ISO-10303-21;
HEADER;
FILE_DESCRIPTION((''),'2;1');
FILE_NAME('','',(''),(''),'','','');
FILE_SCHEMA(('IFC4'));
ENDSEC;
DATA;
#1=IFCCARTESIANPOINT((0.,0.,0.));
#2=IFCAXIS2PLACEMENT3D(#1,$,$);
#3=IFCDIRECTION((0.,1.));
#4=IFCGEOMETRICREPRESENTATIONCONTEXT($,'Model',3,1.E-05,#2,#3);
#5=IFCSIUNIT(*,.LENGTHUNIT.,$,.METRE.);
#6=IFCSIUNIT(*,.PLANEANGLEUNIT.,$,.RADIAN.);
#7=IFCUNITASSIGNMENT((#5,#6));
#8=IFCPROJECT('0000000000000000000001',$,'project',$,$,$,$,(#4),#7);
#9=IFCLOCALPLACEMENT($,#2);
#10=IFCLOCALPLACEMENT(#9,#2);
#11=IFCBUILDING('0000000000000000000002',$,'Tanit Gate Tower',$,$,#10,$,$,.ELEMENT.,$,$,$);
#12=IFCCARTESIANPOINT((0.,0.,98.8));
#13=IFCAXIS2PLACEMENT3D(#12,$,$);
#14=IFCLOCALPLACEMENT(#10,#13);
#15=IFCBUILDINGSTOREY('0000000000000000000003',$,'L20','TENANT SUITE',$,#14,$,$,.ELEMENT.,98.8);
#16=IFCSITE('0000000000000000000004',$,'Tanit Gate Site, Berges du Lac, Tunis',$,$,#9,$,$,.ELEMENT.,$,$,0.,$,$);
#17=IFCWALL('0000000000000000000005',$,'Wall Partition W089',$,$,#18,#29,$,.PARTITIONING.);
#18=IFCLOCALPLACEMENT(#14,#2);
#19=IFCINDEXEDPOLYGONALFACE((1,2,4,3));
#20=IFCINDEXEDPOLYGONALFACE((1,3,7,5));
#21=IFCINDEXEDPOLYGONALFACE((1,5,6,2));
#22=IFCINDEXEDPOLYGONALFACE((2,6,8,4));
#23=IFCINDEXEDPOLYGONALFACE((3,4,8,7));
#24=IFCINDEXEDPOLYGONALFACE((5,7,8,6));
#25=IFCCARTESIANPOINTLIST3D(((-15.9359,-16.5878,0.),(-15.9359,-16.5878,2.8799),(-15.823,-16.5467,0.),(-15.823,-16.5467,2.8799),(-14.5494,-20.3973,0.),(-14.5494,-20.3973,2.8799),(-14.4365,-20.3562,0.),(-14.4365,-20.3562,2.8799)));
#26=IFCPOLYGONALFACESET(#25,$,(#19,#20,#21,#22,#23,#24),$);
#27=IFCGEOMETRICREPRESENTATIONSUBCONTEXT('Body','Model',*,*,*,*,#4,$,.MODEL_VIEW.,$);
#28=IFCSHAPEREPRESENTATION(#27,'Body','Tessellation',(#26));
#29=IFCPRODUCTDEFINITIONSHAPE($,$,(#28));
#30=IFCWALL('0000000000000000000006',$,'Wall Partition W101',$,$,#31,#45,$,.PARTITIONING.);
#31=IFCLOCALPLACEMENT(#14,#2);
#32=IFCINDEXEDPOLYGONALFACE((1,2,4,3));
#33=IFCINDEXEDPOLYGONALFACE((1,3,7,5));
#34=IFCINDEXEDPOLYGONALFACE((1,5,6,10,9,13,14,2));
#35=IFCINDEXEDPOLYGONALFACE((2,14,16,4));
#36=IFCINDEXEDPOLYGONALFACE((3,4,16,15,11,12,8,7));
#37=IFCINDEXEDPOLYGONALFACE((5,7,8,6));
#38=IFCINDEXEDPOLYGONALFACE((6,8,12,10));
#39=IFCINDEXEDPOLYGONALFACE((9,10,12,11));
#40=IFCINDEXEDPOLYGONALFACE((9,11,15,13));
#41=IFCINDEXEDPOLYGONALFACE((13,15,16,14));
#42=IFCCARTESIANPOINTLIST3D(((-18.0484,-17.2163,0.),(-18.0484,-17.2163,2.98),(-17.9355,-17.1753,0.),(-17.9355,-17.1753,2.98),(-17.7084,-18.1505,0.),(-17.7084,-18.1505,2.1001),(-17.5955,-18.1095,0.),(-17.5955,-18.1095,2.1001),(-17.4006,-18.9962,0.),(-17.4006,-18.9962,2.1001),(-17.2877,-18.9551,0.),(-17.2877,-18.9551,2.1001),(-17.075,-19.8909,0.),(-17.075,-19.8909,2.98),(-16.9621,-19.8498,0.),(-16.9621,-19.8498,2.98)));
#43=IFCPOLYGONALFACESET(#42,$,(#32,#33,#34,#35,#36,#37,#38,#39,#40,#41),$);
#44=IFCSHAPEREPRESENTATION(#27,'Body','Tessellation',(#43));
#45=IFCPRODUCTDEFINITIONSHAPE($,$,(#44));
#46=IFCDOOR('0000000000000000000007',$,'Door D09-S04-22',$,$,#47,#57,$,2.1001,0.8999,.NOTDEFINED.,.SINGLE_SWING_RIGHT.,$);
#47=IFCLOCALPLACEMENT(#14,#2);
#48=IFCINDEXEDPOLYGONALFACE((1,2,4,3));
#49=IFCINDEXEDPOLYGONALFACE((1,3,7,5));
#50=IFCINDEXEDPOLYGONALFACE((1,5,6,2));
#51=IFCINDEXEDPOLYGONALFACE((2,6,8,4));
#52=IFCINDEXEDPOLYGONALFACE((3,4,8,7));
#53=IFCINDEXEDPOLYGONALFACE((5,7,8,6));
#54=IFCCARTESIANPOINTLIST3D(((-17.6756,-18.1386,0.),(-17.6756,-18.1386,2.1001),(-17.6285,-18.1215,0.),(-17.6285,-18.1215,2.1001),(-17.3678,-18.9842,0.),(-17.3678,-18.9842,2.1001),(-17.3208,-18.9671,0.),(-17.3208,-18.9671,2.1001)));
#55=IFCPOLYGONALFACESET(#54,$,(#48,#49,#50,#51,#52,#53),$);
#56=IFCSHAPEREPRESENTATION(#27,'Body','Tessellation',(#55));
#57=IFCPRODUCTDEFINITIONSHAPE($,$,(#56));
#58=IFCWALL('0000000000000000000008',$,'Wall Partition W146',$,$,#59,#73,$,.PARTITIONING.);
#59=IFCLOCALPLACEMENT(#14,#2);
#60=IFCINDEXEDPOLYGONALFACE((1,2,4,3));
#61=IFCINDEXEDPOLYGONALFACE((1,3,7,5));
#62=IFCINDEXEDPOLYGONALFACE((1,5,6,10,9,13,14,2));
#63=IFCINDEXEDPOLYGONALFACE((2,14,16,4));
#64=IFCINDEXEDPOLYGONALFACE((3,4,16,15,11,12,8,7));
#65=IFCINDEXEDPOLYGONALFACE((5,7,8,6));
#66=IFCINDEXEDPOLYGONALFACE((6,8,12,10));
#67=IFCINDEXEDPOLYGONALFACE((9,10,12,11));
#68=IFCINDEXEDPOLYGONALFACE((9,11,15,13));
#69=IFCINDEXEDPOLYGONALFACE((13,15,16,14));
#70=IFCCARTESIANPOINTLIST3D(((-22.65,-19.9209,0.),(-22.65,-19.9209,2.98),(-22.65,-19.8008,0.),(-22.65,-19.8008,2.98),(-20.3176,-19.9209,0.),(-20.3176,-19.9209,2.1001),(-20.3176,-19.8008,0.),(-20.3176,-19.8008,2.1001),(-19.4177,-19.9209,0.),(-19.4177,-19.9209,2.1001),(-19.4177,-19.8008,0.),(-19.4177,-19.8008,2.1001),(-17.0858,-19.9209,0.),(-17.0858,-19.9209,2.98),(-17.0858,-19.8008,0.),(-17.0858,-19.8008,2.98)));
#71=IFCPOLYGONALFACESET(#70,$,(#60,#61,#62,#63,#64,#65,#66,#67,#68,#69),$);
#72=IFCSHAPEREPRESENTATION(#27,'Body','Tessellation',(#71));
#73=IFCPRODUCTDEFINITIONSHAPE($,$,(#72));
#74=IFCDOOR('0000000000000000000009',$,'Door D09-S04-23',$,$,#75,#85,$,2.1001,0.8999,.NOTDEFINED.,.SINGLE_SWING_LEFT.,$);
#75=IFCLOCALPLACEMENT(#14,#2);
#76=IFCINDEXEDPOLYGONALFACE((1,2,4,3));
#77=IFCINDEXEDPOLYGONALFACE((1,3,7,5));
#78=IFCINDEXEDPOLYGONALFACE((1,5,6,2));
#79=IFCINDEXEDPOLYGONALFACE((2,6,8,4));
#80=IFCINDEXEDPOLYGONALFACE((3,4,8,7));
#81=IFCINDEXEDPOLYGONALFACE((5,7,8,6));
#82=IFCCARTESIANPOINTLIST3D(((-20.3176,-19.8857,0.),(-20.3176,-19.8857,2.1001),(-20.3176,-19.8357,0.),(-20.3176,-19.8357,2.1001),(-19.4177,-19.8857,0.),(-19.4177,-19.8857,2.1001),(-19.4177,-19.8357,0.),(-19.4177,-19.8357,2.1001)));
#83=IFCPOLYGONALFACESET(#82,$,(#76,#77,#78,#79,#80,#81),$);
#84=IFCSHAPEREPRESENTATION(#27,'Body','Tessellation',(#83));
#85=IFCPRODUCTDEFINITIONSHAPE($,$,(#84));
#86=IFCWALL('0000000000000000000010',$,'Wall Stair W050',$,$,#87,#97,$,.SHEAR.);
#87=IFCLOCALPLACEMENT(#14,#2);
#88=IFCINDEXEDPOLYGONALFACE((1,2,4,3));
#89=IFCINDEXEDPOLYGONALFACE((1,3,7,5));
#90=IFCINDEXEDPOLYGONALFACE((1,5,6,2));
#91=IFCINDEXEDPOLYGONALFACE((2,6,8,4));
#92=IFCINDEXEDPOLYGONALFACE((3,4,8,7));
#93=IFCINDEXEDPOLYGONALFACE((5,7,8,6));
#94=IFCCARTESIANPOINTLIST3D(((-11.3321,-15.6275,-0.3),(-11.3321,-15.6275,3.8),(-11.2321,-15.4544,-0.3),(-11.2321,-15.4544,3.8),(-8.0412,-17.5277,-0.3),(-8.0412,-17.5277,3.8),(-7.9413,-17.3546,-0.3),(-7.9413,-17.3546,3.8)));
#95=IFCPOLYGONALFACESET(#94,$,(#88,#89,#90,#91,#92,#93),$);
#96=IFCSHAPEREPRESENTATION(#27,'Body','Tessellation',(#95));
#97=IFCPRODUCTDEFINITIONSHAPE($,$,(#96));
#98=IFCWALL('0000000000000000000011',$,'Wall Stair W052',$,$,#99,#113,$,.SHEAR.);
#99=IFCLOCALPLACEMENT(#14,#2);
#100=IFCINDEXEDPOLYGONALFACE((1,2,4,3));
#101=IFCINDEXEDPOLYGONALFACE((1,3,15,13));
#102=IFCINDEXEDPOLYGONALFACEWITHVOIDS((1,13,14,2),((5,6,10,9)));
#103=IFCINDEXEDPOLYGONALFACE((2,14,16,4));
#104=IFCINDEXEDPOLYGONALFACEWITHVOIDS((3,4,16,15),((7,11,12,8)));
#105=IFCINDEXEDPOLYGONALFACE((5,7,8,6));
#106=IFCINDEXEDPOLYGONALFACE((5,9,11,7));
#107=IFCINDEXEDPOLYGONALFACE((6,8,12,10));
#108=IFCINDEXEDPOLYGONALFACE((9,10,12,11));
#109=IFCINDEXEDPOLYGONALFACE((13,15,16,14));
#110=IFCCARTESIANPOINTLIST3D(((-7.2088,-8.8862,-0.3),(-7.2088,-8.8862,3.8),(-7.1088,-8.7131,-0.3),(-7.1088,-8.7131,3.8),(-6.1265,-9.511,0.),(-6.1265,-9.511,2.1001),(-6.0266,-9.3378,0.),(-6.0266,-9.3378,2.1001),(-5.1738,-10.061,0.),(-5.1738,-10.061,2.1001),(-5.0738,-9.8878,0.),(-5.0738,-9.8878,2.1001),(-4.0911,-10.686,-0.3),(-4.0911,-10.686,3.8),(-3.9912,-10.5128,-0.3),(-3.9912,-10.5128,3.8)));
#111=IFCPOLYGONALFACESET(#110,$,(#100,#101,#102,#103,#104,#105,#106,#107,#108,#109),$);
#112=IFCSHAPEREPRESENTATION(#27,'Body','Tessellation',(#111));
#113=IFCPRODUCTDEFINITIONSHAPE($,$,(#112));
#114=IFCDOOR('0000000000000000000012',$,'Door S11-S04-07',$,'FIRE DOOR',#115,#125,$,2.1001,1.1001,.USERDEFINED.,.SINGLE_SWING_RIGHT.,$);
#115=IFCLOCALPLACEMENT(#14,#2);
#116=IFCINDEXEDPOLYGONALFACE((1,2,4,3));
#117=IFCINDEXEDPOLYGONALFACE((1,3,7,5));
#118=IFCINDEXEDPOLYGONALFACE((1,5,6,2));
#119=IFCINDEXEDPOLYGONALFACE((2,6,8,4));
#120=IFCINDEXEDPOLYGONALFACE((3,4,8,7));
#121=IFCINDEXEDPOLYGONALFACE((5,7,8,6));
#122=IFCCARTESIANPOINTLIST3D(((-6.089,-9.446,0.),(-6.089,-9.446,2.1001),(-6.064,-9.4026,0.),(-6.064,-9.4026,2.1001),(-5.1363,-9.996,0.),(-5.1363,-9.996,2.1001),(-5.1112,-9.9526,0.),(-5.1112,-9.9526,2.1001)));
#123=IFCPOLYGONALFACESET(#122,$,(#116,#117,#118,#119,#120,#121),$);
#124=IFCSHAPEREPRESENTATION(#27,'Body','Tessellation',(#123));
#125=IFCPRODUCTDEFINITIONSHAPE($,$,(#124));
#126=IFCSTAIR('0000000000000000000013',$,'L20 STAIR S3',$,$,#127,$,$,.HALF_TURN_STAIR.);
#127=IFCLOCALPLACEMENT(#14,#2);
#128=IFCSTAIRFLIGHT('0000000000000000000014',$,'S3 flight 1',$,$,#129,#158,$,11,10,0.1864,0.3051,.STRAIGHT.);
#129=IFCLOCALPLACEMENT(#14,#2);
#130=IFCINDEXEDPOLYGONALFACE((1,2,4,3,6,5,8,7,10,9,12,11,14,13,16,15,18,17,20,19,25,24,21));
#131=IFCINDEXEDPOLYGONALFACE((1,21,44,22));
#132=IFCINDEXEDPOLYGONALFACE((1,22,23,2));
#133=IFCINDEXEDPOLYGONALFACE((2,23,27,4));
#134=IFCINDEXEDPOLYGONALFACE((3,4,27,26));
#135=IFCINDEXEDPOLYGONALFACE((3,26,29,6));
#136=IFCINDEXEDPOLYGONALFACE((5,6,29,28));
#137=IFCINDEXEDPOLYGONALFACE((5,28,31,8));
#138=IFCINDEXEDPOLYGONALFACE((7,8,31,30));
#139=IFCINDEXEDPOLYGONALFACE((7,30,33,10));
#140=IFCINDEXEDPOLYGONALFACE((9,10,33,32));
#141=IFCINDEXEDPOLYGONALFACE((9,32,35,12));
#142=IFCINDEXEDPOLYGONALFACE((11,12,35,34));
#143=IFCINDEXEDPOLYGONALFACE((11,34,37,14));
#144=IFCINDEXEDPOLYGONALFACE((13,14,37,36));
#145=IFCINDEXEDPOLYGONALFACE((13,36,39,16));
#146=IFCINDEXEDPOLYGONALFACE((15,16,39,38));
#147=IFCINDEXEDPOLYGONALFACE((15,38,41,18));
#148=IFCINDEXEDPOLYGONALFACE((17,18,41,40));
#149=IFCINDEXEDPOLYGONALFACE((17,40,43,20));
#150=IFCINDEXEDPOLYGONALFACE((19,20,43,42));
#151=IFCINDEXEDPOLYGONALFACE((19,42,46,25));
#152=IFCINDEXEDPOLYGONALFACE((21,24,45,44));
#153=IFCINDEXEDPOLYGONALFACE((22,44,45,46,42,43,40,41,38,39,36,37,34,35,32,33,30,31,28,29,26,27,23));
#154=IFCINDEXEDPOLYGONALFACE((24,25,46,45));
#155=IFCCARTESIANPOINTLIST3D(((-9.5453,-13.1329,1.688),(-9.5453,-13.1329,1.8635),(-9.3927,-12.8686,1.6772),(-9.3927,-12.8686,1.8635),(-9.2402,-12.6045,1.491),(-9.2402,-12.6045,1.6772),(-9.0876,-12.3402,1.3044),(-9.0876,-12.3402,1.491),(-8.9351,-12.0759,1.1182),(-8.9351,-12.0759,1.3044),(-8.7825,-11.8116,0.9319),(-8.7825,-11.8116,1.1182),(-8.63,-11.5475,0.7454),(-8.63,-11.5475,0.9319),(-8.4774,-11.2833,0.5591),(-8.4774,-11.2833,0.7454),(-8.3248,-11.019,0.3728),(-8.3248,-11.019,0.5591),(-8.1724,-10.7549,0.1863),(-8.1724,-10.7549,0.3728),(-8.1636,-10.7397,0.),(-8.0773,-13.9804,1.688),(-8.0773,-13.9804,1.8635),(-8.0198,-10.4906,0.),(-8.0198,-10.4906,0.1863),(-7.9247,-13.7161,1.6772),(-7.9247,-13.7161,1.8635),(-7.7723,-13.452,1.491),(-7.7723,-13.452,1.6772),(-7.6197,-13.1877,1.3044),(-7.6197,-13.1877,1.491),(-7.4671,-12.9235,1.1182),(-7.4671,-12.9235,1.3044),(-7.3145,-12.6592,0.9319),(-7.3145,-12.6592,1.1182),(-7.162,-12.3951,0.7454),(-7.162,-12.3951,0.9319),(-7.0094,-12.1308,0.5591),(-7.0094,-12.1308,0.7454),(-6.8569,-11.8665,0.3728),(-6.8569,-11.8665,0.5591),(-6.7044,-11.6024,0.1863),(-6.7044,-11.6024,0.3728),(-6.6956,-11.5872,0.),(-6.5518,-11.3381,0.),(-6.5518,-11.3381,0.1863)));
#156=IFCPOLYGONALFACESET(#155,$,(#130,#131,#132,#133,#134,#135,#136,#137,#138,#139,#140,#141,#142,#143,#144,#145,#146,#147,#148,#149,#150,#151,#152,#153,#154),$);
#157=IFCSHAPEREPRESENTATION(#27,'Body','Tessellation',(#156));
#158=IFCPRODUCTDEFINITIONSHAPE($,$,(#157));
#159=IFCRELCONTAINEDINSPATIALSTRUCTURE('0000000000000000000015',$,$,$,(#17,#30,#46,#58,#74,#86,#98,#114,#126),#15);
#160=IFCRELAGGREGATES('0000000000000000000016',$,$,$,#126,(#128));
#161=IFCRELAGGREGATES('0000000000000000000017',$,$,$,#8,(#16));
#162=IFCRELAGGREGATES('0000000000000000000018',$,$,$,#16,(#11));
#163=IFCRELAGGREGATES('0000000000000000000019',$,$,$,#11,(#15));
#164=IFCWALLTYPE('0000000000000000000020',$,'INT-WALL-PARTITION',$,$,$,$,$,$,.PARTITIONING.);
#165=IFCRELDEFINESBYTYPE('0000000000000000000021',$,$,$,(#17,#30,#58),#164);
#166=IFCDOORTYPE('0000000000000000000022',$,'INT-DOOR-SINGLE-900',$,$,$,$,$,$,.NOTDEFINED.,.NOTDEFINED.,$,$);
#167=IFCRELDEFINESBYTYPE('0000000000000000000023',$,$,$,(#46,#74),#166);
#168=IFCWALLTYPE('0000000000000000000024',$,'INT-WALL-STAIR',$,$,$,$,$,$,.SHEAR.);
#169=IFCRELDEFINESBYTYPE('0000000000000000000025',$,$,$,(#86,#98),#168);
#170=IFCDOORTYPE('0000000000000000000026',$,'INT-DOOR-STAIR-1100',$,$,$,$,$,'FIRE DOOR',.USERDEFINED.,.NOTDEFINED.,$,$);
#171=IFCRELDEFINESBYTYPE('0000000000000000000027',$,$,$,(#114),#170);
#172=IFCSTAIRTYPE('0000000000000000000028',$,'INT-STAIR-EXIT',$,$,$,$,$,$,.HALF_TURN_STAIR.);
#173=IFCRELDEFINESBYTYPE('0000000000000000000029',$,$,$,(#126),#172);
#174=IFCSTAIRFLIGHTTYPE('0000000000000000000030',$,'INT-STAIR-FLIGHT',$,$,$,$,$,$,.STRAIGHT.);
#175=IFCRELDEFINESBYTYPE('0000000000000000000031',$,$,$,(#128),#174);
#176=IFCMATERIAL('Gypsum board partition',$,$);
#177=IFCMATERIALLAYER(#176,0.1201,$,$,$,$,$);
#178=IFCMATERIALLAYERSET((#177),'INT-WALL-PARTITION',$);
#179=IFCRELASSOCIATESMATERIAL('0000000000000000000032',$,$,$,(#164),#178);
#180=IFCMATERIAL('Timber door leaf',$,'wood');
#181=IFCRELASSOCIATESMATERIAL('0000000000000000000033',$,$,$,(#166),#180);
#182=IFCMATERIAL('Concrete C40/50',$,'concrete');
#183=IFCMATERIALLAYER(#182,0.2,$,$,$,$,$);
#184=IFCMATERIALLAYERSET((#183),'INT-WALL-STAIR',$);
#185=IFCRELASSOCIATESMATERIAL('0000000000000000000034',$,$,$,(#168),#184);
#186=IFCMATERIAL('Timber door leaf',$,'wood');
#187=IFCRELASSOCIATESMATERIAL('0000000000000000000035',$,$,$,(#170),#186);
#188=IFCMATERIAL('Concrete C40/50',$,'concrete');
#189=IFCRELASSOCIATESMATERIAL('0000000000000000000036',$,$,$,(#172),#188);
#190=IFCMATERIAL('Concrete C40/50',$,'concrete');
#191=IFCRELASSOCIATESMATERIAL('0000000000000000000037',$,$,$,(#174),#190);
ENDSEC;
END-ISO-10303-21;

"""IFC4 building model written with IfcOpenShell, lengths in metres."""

from ifc_helpers import new_model, si_unit, direction, frame, frame_2d, origin, place, context, subcontext, project, spatial, polyline, rectangle, outline, extrude, material, layer, layer_set, type_object, element, fill, aggregate, save


model = new_model("IFC4")

# Units and contexts
model_context = context("Model", 3, precision=1e-05, world=origin(), true_north=direction((0.0, 1.0)))
body_context = subcontext(model_context, "Body", "Model", "MODEL_VIEW")
ifc_project = project(units=[si_unit("LENGTHUNIT", "METRE"), si_unit("PLANEANGLEUNIT", "RADIAN")], contexts=[model_context])

# Site, building, storey
site_placement = place(None, origin())
site = spatial("IfcSite", under=ifc_project, at=site_placement, Name="Tanit Gate Site, Berges du Lac, Tunis", CompositionType="ELEMENT", RefElevation=0.0)
building_placement = place(site_placement, origin())
building = spatial("IfcBuilding", under=site, at=building_placement, Name="Tanit Gate Tower", CompositionType="ELEMENT")
storey_placement = place(building_placement, frame((0.0, 0.0, 98.8)))
storey = spatial("IfcBuildingStorey", under=building, at=storey_placement, Name="L20", Description="TENANT SUITE", CompositionType="ELEMENT", Elevation=98.8)

# Wall
ifc_material_1 = material(Name="Gypsum board partition")
ifc_layer_1 = layer(ifc_material_1, 0.1201)
ifc_layer_set_1 = layer_set([ifc_layer_1], Name="INT-WALL-PARTITION")
wall_type_1 = type_object("IfcWallType", Name="INT-WALL-PARTITION", PredefinedType="PARTITIONING", material=ifc_layer_set_1)
wall_1_placement = place(storey_placement, frame((-15.8794, -16.5674, 0.0), z_axis=(0.0, 0.0, 1.0), x_axis=(0.341999, -0.9397, 0.0)))
element("IfcWall", 1, at=wall_1_placement, inside=storey, type_object=wall_type_1, Name="Wall Partition W089", PredefinedType="PARTITIONING", context=body_context, shape_type="SweptSolid", body=[
    extrude(rectangle(XDim=4.054, YDim=0.1201, at=frame_2d((2.0269, 0.0))), origin(), (0.0, 0.0, 1.0), 2.8799),
])

# Walls, openings, doors
wall_2_placement = place(storey_placement, frame((-17.9919, -17.1958, 0.0), z_axis=(0.0, 0.0, 1.0), x_axis=(0.341998, -0.939701, 0.0)))
wall_2 = element("IfcWall", 2, at=wall_2_placement, inside=storey, type_object=wall_type_1, Name="Wall Partition W101", PredefinedType="PARTITIONING", context=body_context, shape_type="SweptSolid", body=[
    extrude(rectangle(XDim=2.8462, YDim=0.1201, at=frame_2d((1.4231, 0.0))), origin(), (0.0, 0.0, 1.0), 2.98),
])
opening_1_placement = place(wall_2_placement, frame((0.9941, 0.0, 0.0)))
opening_1 = element("IfcOpeningElement", 3, at=opening_1_placement, cuts=wall_2, PredefinedType="OPENING", context=body_context, shape_type="SweptSolid", body=[
    extrude(rectangle(XDim=0.8999, YDim=2.1001, at=frame_2d((0.45, 1.05))), frame((0.0, 0.0701, 0.0), z_axis=(0.0, -1.0, 0.0), x_axis=(1.0, 0.0, 0.0)), (0.0, 0.0, 1.0), 0.1401),
])
ifc_material_2 = material(Name="Timber door leaf", Category="wood")
door_type_1 = type_object("IfcDoorType", Name="INT-DOOR-SINGLE-900", OperationType="NOTDEFINED", PredefinedType="NOTDEFINED", material=ifc_material_2)
door_1_placement = place(opening_1_placement, origin())
door_1 = element("IfcDoor", 4, at=door_1_placement, inside=storey, type_object=door_type_1, Name="Door D09-S04-22", OperationType="SINGLE_SWING_RIGHT", OverallHeight=2.1001, OverallWidth=0.8999, PredefinedType="NOTDEFINED", context=body_context, shape_type="SweptSolid", body=[
    extrude(rectangle(XDim=0.8999, YDim=2.1001, at=frame_2d((0.45, 1.05))), frame((0.0, 0.0249, 0.0), z_axis=(0.0, -1.0, 0.0), x_axis=(1.0, 0.0, 0.0)), (0.0, 0.0, 1.0), 0.05),
])
fill(opening_1, door_1)
wall_3_placement = place(storey_placement, frame((-17.0857, -19.8608, 0.0), z_axis=(0.0, 0.0, 1.0), x_axis=(-1.0, 0.0, 0.0)))
wall_3 = element("IfcWall", 5, at=wall_3_placement, inside=storey, type_object=wall_type_1, Name="Wall Partition W146", PredefinedType="PARTITIONING", context=body_context, shape_type="SweptSolid", body=[
    extrude(rectangle(XDim=5.5642, YDim=0.1201, at=frame_2d((2.7822, 0.0))), origin(), (0.0, 0.0, 1.0), 2.98),
])
opening_2_placement = place(wall_3_placement, frame((2.332, 0.0, 0.0)))
opening_2 = element("IfcOpeningElement", 6, at=opening_2_placement, cuts=wall_3, PredefinedType="OPENING", context=body_context, shape_type="SweptSolid", body=[
    extrude(rectangle(XDim=0.8999, YDim=2.1001, at=frame_2d((0.45, 1.05))), frame((0.0, 0.0701, 0.0), z_axis=(0.0, -1.0, 0.0), x_axis=(1.0, 0.0, 0.0)), (0.0, 0.0, 1.0), 0.1401),
])
door_2_placement = place(opening_2_placement, origin())
door_2 = element("IfcDoor", 7, at=door_2_placement, inside=storey, type_object=door_type_1, Name="Door D09-S04-23", OperationType="SINGLE_SWING_LEFT", OverallHeight=2.1001, OverallWidth=0.8999, PredefinedType="NOTDEFINED", context=body_context, shape_type="SweptSolid", body=[
    extrude(rectangle(XDim=0.8999, YDim=2.1001, at=frame_2d((0.45, 1.05))), frame((0.0, 0.0249, 0.0), z_axis=(0.0, -1.0, 0.0), x_axis=(1.0, 0.0, 0.0)), (0.0, 0.0, 1.0), 0.05),
])
fill(opening_2, door_2)

# Wall
ifc_material_3 = material(Name="Concrete C40/50", Category="concrete")
ifc_layer_2 = layer(ifc_material_3, 0.2)
ifc_layer_set_2 = layer_set([ifc_layer_2], Name="INT-WALL-STAIR")
wall_type_2 = type_object("IfcWallType", Name="INT-WALL-STAIR", PredefinedType="SHEAR", material=ifc_layer_set_2)
wall_4_placement = place(storey_placement, frame((-11.282, -15.541, -0.3), z_axis=(0.0, 0.0, 1.0), x_axis=(0.866, -0.500043, 0.0)))
element("IfcWall", 8, at=wall_4_placement, inside=storey, type_object=wall_type_2, Name="Wall Stair W050", PredefinedType="SHEAR", context=body_context, shape_type="SweptSolid", body=[
    extrude(rectangle(XDim=3.8, YDim=0.2, at=frame_2d((1.8999, 0.0))), origin(), (0.0, 0.0, 1.0), 4.1001),
])

# Wall, opening, door
wall_5_placement = place(storey_placement, frame((-4.0413, -10.5994, -0.3), z_axis=(0.0, 0.0, 1.0), x_axis=(-0.866048, 0.499961, 0.0)))
wall_5 = element("IfcWall", 9, at=wall_5_placement, inside=storey, type_object=wall_type_2, Name="Wall Stair W052", PredefinedType="SHEAR", context=body_context, shape_type="SweptSolid", body=[
    extrude(rectangle(XDim=3.5999, YDim=0.2, at=frame_2d((1.7998, 0.0))), origin(), (0.0, 0.0, 1.0), 4.1001),
])
opening_3_placement = place(wall_5_placement, frame((1.25, 0.0, 0.3)))
opening_3 = element("IfcOpeningElement", 10, at=opening_3_placement, cuts=wall_5, PredefinedType="OPENING", context=body_context, shape_type="SweptSolid", body=[
    extrude(rectangle(XDim=1.1001, YDim=2.1001, at=frame_2d((0.55, 1.05))), frame((0.0, 0.1099, 0.0), z_axis=(0.0, -1.0, 0.0), x_axis=(1.0, 0.0, 0.0)), (0.0, 0.0, 1.0), 0.22),
])
ifc_material_4 = material(Name="Timber door leaf", Category="wood")
door_type_2 = type_object("IfcDoorType", Name="INT-DOOR-STAIR-1100", ElementType="FIRE DOOR", OperationType="NOTDEFINED", PredefinedType="USERDEFINED", material=ifc_material_4)
door_3_placement = place(opening_3_placement, origin())
door_3 = element("IfcDoor", 11, at=door_3_placement, inside=storey, type_object=door_type_2, Name="Door S11-S04-07", ObjectType="FIRE DOOR", OperationType="SINGLE_SWING_RIGHT", OverallHeight=2.1001, OverallWidth=1.1001, PredefinedType="USERDEFINED", context=body_context, shape_type="SweptSolid", body=[
    extrude(rectangle(XDim=1.1001, YDim=2.1001, at=frame_2d((0.55, 1.05))), frame((0.0, 0.0249, 0.0), z_axis=(0.0, -1.0, 0.0), x_axis=(1.0, 0.0, 0.0)), (0.0, 0.0, 1.0), 0.05),
])
fill(opening_3, door_3)

# Stair, stair flight
ifc_material_5 = material(Name="Concrete C40/50", Category="concrete")
stair_type = type_object("IfcStairType", Name="INT-STAIR-EXIT", PredefinedType="HALF_TURN_STAIR", material=ifc_material_5)
stair_placement = place(storey_placement, origin())
stair = element("IfcStair", 12, at=stair_placement, inside=storey, type_object=stair_type, Name="L20 STAIR S3", PredefinedType="HALF_TURN_STAIR")
ifc_material_6 = material(Name="Concrete C40/50", Category="concrete")
stair_flight_type = type_object("IfcStairFlightType", Name="INT-STAIR-FLIGHT", PredefinedType="STRAIGHT", material=ifc_material_6)
stair_flight_1_placement = place(storey_placement, frame((-7.2859, -10.9143, 0.0), z_axis=(0.0, 0.0, 1.0), x_axis=(-0.5, -0.866025, 0.0)))
stair_flight_1 = element("IfcStairFlight", 13, at=stair_flight_1_placement, type_object=stair_flight_type, Name="S3 flight 1", NumberOfRisers=11, NumberOfTreads=10, PredefinedType="STRAIGHT", RiserHeight=0.1864, TreadLength=0.3051, context=body_context, shape_type="SweptSolid", body=[
    extrude(outline(polyline([(0.0, 0.0), (0.0, 0.1863), (0.3052, 0.1863), (0.3052, 0.3728), (0.6101, 0.3728), (0.6101, 0.5591), (0.9153, 0.5591), (0.9153, 0.7454), (1.2205, 0.7454), (1.2205, 0.9319), (1.5254, 0.9319), (1.5254, 1.1182), (1.8306, 1.1182), (1.8306, 1.3044), (2.1357, 1.3044), (2.1357, 1.491), (2.4409, 1.491), (2.4409, 1.6772), (2.7458, 1.6772), (2.7458, 1.8635), (3.051, 1.8635), (3.051, 2.05), (3.051, 1.688), (0.2876, 0.0), (0.0, 0.0)])), frame((0.0, 0.8477, 0.0), z_axis=(0.0, -1.0, 0.0), x_axis=(1.0, 0.0, 0.0)), (0.0, 0.0, 1.0), 1.6951),
])
aggregate(stair, [stair_flight_1])

save(model, "model.ifc")
